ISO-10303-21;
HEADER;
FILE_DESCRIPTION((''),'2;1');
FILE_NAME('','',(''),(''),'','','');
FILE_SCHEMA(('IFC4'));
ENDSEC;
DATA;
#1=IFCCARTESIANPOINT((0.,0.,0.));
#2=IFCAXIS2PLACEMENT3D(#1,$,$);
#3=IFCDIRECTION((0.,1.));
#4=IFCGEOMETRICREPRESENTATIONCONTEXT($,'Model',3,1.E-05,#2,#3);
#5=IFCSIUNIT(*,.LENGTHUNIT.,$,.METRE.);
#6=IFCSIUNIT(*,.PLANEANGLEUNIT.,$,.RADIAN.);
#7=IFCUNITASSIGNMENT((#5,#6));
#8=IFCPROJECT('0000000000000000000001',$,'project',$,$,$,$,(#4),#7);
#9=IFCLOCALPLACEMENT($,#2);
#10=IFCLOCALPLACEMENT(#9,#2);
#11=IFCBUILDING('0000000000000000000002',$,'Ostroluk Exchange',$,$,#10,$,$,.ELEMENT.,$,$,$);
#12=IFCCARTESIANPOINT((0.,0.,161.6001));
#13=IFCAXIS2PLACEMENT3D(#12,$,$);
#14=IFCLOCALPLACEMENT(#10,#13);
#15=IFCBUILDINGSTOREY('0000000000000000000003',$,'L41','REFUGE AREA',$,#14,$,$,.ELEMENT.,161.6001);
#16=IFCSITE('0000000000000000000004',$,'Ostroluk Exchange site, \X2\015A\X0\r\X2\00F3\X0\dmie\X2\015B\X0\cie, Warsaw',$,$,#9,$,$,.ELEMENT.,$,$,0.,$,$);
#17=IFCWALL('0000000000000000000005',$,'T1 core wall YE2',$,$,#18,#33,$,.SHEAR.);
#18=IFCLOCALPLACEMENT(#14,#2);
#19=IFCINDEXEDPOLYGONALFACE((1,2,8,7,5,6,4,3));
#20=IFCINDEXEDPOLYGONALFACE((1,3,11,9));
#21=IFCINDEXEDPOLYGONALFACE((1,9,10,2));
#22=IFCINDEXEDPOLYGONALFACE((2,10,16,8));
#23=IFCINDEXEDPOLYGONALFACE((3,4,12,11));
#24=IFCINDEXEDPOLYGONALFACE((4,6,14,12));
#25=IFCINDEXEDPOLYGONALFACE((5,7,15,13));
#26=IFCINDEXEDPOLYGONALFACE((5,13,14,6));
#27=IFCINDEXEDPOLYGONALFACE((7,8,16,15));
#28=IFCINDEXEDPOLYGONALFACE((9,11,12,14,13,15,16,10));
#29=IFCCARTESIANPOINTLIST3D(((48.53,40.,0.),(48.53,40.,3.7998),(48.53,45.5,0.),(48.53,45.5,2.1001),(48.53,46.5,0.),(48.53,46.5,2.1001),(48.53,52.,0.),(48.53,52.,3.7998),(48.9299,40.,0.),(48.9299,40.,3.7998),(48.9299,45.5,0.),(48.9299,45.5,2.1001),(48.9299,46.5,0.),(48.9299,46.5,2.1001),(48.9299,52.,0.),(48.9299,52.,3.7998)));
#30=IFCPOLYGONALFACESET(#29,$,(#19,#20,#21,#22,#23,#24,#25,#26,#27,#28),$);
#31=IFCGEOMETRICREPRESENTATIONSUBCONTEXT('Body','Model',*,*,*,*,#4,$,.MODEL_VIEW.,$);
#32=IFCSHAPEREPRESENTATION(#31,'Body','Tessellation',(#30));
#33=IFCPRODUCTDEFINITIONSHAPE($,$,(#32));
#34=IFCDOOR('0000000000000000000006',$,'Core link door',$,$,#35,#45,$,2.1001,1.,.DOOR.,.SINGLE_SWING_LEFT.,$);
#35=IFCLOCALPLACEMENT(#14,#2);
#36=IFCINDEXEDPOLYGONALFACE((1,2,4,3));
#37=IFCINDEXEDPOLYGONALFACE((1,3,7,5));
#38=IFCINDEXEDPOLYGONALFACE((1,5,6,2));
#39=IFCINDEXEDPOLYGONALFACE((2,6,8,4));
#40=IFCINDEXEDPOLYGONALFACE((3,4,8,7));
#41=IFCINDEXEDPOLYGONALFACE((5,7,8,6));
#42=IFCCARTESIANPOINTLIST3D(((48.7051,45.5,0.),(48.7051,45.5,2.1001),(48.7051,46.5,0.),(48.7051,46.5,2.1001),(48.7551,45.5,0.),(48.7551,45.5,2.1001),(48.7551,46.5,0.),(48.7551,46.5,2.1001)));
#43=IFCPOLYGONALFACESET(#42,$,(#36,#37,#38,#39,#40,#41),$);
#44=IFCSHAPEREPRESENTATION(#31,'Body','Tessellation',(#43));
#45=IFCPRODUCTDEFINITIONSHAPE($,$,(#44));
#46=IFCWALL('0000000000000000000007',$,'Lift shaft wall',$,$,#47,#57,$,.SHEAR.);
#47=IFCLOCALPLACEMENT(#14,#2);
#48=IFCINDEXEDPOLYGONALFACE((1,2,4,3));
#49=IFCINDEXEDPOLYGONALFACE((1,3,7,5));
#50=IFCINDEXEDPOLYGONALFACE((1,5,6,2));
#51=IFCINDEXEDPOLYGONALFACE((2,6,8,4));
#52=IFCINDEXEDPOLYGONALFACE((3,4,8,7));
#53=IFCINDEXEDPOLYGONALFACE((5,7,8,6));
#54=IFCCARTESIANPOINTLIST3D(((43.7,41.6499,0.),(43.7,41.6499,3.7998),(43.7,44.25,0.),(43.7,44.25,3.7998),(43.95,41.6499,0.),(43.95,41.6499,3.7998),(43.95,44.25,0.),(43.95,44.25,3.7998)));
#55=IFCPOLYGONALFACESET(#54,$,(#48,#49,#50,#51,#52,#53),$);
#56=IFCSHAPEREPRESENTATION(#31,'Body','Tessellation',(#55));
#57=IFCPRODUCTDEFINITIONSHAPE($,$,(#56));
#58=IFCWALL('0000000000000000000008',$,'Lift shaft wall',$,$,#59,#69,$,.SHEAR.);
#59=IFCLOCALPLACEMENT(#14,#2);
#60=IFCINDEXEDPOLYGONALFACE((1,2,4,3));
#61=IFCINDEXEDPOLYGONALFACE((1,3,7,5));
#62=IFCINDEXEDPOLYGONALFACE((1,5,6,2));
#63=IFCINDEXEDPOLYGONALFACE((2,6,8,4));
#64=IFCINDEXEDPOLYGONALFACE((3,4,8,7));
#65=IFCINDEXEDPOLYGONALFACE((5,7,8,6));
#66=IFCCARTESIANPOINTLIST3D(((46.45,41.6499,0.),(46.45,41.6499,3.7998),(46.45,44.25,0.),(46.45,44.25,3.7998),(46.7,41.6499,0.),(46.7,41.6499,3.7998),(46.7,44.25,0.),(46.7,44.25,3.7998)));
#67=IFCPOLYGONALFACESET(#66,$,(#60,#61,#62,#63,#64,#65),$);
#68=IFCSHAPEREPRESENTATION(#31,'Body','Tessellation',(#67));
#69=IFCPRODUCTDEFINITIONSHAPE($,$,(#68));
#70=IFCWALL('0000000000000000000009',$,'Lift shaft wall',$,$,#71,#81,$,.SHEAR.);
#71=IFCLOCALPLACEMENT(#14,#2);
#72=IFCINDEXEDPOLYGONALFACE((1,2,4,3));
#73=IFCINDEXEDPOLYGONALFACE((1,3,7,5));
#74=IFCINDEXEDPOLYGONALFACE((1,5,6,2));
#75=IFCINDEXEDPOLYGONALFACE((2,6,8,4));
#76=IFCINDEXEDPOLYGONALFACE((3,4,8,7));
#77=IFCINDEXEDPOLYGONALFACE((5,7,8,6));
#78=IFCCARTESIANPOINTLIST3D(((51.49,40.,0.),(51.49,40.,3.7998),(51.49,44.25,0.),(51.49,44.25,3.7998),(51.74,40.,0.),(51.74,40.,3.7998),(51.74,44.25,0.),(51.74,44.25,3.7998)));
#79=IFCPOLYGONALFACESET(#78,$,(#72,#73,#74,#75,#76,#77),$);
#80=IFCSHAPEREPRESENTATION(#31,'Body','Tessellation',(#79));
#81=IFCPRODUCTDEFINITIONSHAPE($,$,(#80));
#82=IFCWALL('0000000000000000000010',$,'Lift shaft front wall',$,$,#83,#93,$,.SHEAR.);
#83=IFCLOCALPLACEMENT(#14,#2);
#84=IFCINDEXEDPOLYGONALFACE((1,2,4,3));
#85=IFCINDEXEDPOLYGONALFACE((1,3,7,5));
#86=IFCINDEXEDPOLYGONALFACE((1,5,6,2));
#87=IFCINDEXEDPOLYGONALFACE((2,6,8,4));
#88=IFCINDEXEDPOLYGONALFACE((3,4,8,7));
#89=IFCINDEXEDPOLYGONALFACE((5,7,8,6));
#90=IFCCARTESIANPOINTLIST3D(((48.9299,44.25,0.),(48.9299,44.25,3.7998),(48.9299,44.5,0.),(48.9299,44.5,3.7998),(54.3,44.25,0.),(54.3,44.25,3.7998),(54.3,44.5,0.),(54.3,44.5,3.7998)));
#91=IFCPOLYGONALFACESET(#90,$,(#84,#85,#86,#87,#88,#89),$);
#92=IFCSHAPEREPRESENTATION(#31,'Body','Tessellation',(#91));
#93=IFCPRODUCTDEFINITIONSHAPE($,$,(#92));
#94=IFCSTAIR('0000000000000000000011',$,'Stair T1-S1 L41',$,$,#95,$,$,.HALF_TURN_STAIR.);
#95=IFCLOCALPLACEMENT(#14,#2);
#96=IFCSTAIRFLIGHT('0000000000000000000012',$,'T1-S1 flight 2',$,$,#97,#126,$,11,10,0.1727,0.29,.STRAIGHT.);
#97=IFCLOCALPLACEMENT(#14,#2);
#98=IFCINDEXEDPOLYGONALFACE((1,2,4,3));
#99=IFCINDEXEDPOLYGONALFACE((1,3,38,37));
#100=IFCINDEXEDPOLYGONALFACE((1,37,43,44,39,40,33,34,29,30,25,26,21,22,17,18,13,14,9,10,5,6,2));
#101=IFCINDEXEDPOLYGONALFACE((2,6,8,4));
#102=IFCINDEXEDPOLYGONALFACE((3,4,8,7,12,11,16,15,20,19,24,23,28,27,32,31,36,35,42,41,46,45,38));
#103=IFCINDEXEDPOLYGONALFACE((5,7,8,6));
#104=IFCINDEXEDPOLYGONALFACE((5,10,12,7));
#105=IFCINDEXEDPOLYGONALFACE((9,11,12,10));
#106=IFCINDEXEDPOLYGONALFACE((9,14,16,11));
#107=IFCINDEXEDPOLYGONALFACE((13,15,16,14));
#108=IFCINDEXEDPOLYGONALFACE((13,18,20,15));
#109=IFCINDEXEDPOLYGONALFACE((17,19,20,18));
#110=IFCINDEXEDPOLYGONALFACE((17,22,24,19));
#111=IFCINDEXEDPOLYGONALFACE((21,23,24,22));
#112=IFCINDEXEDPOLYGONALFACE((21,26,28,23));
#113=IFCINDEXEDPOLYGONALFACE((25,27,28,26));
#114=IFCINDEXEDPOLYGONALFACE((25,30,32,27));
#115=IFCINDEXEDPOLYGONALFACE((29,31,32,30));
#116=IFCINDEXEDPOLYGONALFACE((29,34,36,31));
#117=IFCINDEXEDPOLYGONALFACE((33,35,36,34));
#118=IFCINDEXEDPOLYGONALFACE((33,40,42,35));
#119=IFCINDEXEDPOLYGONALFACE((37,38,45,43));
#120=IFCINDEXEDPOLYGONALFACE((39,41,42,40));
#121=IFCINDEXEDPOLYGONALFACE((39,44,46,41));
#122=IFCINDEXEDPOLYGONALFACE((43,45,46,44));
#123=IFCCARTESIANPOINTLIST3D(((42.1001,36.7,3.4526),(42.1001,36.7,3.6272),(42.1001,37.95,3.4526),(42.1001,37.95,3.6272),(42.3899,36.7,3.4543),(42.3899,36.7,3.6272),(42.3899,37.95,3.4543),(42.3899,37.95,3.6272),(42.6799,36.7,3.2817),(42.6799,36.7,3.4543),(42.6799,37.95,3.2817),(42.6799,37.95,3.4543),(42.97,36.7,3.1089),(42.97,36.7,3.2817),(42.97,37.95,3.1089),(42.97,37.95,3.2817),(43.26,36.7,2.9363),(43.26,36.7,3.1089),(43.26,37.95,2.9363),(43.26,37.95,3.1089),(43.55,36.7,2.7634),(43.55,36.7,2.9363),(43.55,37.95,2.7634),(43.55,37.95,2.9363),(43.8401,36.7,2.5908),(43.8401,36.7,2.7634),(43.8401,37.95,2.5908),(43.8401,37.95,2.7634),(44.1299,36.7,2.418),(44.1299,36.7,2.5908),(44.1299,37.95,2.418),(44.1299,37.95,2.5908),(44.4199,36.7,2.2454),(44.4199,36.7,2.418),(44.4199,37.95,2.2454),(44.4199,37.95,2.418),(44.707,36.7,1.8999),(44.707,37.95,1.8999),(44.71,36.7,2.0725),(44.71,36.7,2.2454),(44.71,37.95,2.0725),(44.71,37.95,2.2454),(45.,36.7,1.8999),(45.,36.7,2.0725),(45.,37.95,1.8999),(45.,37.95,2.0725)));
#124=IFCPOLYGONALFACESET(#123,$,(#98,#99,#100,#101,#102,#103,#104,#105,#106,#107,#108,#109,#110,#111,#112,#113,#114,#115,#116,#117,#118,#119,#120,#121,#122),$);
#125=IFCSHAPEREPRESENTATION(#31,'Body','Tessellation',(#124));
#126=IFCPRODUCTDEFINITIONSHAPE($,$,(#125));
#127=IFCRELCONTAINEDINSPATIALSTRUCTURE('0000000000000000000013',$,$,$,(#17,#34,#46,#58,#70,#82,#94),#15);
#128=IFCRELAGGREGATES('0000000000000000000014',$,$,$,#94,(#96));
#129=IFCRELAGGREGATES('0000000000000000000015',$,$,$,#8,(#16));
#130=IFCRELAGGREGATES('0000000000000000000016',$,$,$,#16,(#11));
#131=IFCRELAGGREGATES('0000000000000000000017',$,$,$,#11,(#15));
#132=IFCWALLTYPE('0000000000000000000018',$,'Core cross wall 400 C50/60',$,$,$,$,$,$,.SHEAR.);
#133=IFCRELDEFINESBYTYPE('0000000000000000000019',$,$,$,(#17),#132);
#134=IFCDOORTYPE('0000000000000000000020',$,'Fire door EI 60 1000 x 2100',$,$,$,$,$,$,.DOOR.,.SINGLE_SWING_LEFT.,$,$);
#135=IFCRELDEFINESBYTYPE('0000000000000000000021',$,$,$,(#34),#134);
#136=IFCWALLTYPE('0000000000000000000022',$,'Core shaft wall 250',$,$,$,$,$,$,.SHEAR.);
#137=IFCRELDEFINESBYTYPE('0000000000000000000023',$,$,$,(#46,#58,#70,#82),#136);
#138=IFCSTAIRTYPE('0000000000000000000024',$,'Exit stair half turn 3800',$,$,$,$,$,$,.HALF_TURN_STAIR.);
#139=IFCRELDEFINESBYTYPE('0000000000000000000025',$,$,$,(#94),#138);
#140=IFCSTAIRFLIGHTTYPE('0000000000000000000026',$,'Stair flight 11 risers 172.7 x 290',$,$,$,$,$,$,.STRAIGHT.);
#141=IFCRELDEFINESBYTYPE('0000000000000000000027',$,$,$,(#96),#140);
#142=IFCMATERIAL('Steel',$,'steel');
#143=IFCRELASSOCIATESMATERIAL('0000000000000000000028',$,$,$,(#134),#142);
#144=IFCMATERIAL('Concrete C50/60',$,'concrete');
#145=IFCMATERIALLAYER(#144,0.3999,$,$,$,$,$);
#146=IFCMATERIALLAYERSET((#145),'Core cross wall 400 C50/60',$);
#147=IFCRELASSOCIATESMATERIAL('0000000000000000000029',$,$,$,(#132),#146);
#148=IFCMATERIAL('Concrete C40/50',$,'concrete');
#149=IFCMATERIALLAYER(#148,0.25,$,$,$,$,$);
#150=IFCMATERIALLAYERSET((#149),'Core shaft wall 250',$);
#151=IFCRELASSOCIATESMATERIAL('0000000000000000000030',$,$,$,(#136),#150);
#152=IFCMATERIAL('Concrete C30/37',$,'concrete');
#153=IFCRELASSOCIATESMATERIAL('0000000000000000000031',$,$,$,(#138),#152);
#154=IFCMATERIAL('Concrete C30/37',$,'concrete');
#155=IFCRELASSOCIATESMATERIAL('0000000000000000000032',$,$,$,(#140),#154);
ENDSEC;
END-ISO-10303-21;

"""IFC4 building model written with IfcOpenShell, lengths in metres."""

from ifc_helpers import new_model, si_unit, direction, frame, frame_2d, origin, place, context, subcontext, project, spatial, polyline, rectangle, outline, extrude, material, layer, layer_set, type_object, element, fill, aggregate, save


model = new_model("IFC4")

# Units and contexts
model_context = context("Model", 3, precision=1e-05, world=origin(), true_north=direction((0.0, 1.0)))
body_context = subcontext(model_context, "Body", "Model", "MODEL_VIEW")
ifc_project = project(units=[si_unit("LENGTHUNIT", "METRE"), si_unit("PLANEANGLEUNIT", "RADIAN")], contexts=[model_context])

# Site, building, storey
site_placement = place(None, origin())
site = spatial("IfcSite", under=ifc_project, at=site_placement, Name="Ostroluk Exchange site, Śródmieście, Warsaw", CompositionType="ELEMENT", RefElevation=0.0)
building_placement = place(site_placement, origin())
building = spatial("IfcBuilding", under=site, at=building_placement, Name="Ostroluk Exchange", CompositionType="ELEMENT")
storey_placement = place(building_placement, frame((0.0, 0.0, 161.6001)))
storey = spatial("IfcBuildingStorey", under=building, at=storey_placement, Name="L41", Description="REFUGE AREA", CompositionType="ELEMENT", Elevation=161.6001)

# Shared definitions
ifc_material_1 = material(Name="Steel", Category="steel")
door_type_1 = type_object("IfcDoorType", Name="Fire door EI 60 1000 x 2100", OperationType="SINGLE_SWING_LEFT", PredefinedType="DOOR", material=ifc_material_1)

# Shared definitions
ifc_material_2 = material(Name="Concrete C50/60", Category="concrete")
ifc_layer_1 = layer(ifc_material_2, 0.3999)
ifc_layer_set_1 = layer_set([ifc_layer_1], Name="Core cross wall 400 C50/60")
wall_type_1 = type_object("IfcWallType", Name="Core cross wall 400 C50/60", PredefinedType="SHEAR", material=ifc_layer_set_1)

# Wall, opening, door
wall_1_placement = place(storey_placement, frame((48.73, 40.0, 0.0), z_axis=(0.0, 0.0, 1.0), x_axis=(0.0, 1.0, 0.0)))
wall_1 = element("IfcWall", 1, at=wall_1_placement, inside=storey, type_object=wall_type_1, Name="T1 core wall YE2", PredefinedType="SHEAR", context=body_context, shape_type="SweptSolid", body=[
    extrude(rectangle(XDim=12.0, YDim=0.3999, at=frame_2d((6.0, 0.0))), origin(), (0.0, 0.0, 1.0), 3.7998),
])
opening_1_placement = place(wall_1_placement, frame((5.5, 0.0, 0.0)))
opening_1 = element("IfcOpeningElement", 2, at=opening_1_placement, cuts=wall_1, PredefinedType="OPENING", context=body_context, shape_type="SweptSolid", body=[
    extrude(rectangle(XDim=1.0, YDim=2.1001, at=frame_2d((0.5, 1.05))), frame((0.0, 0.21, 0.0), z_axis=(0.0, -1.0, 0.0), x_axis=(1.0, 0.0, 0.0)), (0.0, 0.0, 1.0), 0.4199),
])
door_1_placement = place(opening_1_placement, origin())
door_1 = element("IfcDoor", 3, at=door_1_placement, inside=storey, type_object=door_type_1, Name="Core link door", OperationType="SINGLE_SWING_LEFT", OverallHeight=2.1001, OverallWidth=1.0, PredefinedType="DOOR", context=body_context, shape_type="SweptSolid", body=[
    extrude(rectangle(XDim=1.0, YDim=2.1001, at=frame_2d((0.5, 1.05))), frame((0.0, 0.0249, 0.0), z_axis=(0.0, -1.0, 0.0), x_axis=(1.0, 0.0, 0.0)), (0.0, 0.0, 1.0), 0.05),
])
fill(opening_1, door_1)
ifc_material_3 = material(Name="Concrete C40/50", Category="concrete")
ifc_layer_2 = layer(ifc_material_3, 0.25)
ifc_layer_set_2 = layer_set([ifc_layer_2], Name="Core shaft wall 250")
wall_type_2 = type_object("IfcWallType", Name="Core shaft wall 250", PredefinedType="SHEAR", material=ifc_layer_set_2)

# Walls
for number, where, z_axis, x_axis, name in (
    (4, (43.825, 44.25, 0.0), (0.0, 0.0, 1.0), (0.0, -1.0, 0.0), "Lift shaft wall"),
    (5, (46.575, 44.25, 0.0), (0.0, 0.0, 1.0), (0.0, -1.0, 0.0), "Lift shaft wall"),
):
    element("IfcWall", number, at=place(storey_placement, frame(where, z_axis=z_axis, x_axis=x_axis)), inside=storey, type_object=wall_type_2, Name=name, PredefinedType="SHEAR", context=body_context, shape_type="SweptSolid", body=[
        extrude(rectangle(XDim=2.6001, YDim=0.25, at=frame_2d((1.3, 0.0))), origin(), (0.0, 0.0, 1.0), 3.7998),
    ])
wall_2_placement = place(storey_placement, frame((51.615, 44.25, 0.0), z_axis=(0.0, 0.0, 1.0), x_axis=(0.0, -1.0, 0.0)))
element("IfcWall", 6, at=wall_2_placement, inside=storey, type_object=wall_type_2, Name="Lift shaft wall", PredefinedType="SHEAR", context=body_context, shape_type="SweptSolid", body=[
    extrude(rectangle(XDim=4.25, YDim=0.25, at=frame_2d((2.125, 0.0))), origin(), (0.0, 0.0, 1.0), 3.7998),
])
wall_3_placement = place(storey_placement, frame((48.9299, 44.375, 0.0), z_axis=(0.0, 0.0, 1.0), x_axis=(1.0, 0.0, 0.0)))
element("IfcWall", 7, at=wall_3_placement, inside=storey, type_object=wall_type_2, Name="Lift shaft front wall", PredefinedType="SHEAR", context=body_context, shape_type="SweptSolid", body=[
    extrude(rectangle(XDim=5.3701, YDim=0.25, at=frame_2d((2.6851, 0.0))), origin(), (0.0, 0.0, 1.0), 3.7998),
])

# Stair, stair flight
ifc_material_4 = material(Name="Concrete C30/37", Category="concrete")
stair_type = type_object("IfcStairType", Name="Exit stair half turn 3800", PredefinedType="HALF_TURN_STAIR", material=ifc_material_4)
stair_placement = place(storey_placement, origin())
stair = element("IfcStair", 8, at=stair_placement, inside=storey, type_object=stair_type, Name="Stair T1-S1 L41", PredefinedType="HALF_TURN_STAIR")
ifc_material_5 = material(Name="Concrete C30/37", Category="concrete")
stair_flight_type = type_object("IfcStairFlightType", Name="Stair flight 11 risers 172.7 x 290", PredefinedType="STRAIGHT", material=ifc_material_5)
stair_flight_placement = place(storey_placement, frame((45.0, 37.325, 1.8999), z_axis=(0.0, 0.0, 1.0), x_axis=(-1.0, 0.0, 0.0)))
stair_flight = element("IfcStairFlight", 9, at=stair_flight_placement, type_object=stair_flight_type, Name="T1-S1 flight 2", NumberOfRisers=11, NumberOfTreads=10, PredefinedType="STRAIGHT", RiserHeight=0.1727, TreadLength=0.29, context=body_context, shape_type="SweptSolid", body=[
    extrude(outline(polyline([(0.0, 0.0), (0.0, 0.1726), (0.29, 0.1726), (0.29, 0.3455), (0.5801, 0.3455), (0.5801, 0.5181), (0.8701, 0.5181), (0.8701, 0.6909), (1.1599, 0.6909), (1.1599, 0.8635), (1.45, 0.8635), (1.45, 1.0364), (1.74, 1.0364), (1.74, 1.209), (2.03, 1.209), (2.03, 1.3818), (2.3201, 1.3818), (2.3201, 1.5544), (2.6101, 1.5544), (2.6101, 1.7273), (2.8999, 1.7273), (2.8999, 1.8999), (2.8999, 1.5527), (0.293, 0.0), (0.0, 0.0)])), frame((0.0, 0.625, 0.0), z_axis=(0.0, -1.0, 0.0), x_axis=(1.0, 0.0, 0.0)), (0.0, 0.0, 1.0), 1.25),
])
aggregate(stair, [stair_flight])

save(model, "model.ifc")
